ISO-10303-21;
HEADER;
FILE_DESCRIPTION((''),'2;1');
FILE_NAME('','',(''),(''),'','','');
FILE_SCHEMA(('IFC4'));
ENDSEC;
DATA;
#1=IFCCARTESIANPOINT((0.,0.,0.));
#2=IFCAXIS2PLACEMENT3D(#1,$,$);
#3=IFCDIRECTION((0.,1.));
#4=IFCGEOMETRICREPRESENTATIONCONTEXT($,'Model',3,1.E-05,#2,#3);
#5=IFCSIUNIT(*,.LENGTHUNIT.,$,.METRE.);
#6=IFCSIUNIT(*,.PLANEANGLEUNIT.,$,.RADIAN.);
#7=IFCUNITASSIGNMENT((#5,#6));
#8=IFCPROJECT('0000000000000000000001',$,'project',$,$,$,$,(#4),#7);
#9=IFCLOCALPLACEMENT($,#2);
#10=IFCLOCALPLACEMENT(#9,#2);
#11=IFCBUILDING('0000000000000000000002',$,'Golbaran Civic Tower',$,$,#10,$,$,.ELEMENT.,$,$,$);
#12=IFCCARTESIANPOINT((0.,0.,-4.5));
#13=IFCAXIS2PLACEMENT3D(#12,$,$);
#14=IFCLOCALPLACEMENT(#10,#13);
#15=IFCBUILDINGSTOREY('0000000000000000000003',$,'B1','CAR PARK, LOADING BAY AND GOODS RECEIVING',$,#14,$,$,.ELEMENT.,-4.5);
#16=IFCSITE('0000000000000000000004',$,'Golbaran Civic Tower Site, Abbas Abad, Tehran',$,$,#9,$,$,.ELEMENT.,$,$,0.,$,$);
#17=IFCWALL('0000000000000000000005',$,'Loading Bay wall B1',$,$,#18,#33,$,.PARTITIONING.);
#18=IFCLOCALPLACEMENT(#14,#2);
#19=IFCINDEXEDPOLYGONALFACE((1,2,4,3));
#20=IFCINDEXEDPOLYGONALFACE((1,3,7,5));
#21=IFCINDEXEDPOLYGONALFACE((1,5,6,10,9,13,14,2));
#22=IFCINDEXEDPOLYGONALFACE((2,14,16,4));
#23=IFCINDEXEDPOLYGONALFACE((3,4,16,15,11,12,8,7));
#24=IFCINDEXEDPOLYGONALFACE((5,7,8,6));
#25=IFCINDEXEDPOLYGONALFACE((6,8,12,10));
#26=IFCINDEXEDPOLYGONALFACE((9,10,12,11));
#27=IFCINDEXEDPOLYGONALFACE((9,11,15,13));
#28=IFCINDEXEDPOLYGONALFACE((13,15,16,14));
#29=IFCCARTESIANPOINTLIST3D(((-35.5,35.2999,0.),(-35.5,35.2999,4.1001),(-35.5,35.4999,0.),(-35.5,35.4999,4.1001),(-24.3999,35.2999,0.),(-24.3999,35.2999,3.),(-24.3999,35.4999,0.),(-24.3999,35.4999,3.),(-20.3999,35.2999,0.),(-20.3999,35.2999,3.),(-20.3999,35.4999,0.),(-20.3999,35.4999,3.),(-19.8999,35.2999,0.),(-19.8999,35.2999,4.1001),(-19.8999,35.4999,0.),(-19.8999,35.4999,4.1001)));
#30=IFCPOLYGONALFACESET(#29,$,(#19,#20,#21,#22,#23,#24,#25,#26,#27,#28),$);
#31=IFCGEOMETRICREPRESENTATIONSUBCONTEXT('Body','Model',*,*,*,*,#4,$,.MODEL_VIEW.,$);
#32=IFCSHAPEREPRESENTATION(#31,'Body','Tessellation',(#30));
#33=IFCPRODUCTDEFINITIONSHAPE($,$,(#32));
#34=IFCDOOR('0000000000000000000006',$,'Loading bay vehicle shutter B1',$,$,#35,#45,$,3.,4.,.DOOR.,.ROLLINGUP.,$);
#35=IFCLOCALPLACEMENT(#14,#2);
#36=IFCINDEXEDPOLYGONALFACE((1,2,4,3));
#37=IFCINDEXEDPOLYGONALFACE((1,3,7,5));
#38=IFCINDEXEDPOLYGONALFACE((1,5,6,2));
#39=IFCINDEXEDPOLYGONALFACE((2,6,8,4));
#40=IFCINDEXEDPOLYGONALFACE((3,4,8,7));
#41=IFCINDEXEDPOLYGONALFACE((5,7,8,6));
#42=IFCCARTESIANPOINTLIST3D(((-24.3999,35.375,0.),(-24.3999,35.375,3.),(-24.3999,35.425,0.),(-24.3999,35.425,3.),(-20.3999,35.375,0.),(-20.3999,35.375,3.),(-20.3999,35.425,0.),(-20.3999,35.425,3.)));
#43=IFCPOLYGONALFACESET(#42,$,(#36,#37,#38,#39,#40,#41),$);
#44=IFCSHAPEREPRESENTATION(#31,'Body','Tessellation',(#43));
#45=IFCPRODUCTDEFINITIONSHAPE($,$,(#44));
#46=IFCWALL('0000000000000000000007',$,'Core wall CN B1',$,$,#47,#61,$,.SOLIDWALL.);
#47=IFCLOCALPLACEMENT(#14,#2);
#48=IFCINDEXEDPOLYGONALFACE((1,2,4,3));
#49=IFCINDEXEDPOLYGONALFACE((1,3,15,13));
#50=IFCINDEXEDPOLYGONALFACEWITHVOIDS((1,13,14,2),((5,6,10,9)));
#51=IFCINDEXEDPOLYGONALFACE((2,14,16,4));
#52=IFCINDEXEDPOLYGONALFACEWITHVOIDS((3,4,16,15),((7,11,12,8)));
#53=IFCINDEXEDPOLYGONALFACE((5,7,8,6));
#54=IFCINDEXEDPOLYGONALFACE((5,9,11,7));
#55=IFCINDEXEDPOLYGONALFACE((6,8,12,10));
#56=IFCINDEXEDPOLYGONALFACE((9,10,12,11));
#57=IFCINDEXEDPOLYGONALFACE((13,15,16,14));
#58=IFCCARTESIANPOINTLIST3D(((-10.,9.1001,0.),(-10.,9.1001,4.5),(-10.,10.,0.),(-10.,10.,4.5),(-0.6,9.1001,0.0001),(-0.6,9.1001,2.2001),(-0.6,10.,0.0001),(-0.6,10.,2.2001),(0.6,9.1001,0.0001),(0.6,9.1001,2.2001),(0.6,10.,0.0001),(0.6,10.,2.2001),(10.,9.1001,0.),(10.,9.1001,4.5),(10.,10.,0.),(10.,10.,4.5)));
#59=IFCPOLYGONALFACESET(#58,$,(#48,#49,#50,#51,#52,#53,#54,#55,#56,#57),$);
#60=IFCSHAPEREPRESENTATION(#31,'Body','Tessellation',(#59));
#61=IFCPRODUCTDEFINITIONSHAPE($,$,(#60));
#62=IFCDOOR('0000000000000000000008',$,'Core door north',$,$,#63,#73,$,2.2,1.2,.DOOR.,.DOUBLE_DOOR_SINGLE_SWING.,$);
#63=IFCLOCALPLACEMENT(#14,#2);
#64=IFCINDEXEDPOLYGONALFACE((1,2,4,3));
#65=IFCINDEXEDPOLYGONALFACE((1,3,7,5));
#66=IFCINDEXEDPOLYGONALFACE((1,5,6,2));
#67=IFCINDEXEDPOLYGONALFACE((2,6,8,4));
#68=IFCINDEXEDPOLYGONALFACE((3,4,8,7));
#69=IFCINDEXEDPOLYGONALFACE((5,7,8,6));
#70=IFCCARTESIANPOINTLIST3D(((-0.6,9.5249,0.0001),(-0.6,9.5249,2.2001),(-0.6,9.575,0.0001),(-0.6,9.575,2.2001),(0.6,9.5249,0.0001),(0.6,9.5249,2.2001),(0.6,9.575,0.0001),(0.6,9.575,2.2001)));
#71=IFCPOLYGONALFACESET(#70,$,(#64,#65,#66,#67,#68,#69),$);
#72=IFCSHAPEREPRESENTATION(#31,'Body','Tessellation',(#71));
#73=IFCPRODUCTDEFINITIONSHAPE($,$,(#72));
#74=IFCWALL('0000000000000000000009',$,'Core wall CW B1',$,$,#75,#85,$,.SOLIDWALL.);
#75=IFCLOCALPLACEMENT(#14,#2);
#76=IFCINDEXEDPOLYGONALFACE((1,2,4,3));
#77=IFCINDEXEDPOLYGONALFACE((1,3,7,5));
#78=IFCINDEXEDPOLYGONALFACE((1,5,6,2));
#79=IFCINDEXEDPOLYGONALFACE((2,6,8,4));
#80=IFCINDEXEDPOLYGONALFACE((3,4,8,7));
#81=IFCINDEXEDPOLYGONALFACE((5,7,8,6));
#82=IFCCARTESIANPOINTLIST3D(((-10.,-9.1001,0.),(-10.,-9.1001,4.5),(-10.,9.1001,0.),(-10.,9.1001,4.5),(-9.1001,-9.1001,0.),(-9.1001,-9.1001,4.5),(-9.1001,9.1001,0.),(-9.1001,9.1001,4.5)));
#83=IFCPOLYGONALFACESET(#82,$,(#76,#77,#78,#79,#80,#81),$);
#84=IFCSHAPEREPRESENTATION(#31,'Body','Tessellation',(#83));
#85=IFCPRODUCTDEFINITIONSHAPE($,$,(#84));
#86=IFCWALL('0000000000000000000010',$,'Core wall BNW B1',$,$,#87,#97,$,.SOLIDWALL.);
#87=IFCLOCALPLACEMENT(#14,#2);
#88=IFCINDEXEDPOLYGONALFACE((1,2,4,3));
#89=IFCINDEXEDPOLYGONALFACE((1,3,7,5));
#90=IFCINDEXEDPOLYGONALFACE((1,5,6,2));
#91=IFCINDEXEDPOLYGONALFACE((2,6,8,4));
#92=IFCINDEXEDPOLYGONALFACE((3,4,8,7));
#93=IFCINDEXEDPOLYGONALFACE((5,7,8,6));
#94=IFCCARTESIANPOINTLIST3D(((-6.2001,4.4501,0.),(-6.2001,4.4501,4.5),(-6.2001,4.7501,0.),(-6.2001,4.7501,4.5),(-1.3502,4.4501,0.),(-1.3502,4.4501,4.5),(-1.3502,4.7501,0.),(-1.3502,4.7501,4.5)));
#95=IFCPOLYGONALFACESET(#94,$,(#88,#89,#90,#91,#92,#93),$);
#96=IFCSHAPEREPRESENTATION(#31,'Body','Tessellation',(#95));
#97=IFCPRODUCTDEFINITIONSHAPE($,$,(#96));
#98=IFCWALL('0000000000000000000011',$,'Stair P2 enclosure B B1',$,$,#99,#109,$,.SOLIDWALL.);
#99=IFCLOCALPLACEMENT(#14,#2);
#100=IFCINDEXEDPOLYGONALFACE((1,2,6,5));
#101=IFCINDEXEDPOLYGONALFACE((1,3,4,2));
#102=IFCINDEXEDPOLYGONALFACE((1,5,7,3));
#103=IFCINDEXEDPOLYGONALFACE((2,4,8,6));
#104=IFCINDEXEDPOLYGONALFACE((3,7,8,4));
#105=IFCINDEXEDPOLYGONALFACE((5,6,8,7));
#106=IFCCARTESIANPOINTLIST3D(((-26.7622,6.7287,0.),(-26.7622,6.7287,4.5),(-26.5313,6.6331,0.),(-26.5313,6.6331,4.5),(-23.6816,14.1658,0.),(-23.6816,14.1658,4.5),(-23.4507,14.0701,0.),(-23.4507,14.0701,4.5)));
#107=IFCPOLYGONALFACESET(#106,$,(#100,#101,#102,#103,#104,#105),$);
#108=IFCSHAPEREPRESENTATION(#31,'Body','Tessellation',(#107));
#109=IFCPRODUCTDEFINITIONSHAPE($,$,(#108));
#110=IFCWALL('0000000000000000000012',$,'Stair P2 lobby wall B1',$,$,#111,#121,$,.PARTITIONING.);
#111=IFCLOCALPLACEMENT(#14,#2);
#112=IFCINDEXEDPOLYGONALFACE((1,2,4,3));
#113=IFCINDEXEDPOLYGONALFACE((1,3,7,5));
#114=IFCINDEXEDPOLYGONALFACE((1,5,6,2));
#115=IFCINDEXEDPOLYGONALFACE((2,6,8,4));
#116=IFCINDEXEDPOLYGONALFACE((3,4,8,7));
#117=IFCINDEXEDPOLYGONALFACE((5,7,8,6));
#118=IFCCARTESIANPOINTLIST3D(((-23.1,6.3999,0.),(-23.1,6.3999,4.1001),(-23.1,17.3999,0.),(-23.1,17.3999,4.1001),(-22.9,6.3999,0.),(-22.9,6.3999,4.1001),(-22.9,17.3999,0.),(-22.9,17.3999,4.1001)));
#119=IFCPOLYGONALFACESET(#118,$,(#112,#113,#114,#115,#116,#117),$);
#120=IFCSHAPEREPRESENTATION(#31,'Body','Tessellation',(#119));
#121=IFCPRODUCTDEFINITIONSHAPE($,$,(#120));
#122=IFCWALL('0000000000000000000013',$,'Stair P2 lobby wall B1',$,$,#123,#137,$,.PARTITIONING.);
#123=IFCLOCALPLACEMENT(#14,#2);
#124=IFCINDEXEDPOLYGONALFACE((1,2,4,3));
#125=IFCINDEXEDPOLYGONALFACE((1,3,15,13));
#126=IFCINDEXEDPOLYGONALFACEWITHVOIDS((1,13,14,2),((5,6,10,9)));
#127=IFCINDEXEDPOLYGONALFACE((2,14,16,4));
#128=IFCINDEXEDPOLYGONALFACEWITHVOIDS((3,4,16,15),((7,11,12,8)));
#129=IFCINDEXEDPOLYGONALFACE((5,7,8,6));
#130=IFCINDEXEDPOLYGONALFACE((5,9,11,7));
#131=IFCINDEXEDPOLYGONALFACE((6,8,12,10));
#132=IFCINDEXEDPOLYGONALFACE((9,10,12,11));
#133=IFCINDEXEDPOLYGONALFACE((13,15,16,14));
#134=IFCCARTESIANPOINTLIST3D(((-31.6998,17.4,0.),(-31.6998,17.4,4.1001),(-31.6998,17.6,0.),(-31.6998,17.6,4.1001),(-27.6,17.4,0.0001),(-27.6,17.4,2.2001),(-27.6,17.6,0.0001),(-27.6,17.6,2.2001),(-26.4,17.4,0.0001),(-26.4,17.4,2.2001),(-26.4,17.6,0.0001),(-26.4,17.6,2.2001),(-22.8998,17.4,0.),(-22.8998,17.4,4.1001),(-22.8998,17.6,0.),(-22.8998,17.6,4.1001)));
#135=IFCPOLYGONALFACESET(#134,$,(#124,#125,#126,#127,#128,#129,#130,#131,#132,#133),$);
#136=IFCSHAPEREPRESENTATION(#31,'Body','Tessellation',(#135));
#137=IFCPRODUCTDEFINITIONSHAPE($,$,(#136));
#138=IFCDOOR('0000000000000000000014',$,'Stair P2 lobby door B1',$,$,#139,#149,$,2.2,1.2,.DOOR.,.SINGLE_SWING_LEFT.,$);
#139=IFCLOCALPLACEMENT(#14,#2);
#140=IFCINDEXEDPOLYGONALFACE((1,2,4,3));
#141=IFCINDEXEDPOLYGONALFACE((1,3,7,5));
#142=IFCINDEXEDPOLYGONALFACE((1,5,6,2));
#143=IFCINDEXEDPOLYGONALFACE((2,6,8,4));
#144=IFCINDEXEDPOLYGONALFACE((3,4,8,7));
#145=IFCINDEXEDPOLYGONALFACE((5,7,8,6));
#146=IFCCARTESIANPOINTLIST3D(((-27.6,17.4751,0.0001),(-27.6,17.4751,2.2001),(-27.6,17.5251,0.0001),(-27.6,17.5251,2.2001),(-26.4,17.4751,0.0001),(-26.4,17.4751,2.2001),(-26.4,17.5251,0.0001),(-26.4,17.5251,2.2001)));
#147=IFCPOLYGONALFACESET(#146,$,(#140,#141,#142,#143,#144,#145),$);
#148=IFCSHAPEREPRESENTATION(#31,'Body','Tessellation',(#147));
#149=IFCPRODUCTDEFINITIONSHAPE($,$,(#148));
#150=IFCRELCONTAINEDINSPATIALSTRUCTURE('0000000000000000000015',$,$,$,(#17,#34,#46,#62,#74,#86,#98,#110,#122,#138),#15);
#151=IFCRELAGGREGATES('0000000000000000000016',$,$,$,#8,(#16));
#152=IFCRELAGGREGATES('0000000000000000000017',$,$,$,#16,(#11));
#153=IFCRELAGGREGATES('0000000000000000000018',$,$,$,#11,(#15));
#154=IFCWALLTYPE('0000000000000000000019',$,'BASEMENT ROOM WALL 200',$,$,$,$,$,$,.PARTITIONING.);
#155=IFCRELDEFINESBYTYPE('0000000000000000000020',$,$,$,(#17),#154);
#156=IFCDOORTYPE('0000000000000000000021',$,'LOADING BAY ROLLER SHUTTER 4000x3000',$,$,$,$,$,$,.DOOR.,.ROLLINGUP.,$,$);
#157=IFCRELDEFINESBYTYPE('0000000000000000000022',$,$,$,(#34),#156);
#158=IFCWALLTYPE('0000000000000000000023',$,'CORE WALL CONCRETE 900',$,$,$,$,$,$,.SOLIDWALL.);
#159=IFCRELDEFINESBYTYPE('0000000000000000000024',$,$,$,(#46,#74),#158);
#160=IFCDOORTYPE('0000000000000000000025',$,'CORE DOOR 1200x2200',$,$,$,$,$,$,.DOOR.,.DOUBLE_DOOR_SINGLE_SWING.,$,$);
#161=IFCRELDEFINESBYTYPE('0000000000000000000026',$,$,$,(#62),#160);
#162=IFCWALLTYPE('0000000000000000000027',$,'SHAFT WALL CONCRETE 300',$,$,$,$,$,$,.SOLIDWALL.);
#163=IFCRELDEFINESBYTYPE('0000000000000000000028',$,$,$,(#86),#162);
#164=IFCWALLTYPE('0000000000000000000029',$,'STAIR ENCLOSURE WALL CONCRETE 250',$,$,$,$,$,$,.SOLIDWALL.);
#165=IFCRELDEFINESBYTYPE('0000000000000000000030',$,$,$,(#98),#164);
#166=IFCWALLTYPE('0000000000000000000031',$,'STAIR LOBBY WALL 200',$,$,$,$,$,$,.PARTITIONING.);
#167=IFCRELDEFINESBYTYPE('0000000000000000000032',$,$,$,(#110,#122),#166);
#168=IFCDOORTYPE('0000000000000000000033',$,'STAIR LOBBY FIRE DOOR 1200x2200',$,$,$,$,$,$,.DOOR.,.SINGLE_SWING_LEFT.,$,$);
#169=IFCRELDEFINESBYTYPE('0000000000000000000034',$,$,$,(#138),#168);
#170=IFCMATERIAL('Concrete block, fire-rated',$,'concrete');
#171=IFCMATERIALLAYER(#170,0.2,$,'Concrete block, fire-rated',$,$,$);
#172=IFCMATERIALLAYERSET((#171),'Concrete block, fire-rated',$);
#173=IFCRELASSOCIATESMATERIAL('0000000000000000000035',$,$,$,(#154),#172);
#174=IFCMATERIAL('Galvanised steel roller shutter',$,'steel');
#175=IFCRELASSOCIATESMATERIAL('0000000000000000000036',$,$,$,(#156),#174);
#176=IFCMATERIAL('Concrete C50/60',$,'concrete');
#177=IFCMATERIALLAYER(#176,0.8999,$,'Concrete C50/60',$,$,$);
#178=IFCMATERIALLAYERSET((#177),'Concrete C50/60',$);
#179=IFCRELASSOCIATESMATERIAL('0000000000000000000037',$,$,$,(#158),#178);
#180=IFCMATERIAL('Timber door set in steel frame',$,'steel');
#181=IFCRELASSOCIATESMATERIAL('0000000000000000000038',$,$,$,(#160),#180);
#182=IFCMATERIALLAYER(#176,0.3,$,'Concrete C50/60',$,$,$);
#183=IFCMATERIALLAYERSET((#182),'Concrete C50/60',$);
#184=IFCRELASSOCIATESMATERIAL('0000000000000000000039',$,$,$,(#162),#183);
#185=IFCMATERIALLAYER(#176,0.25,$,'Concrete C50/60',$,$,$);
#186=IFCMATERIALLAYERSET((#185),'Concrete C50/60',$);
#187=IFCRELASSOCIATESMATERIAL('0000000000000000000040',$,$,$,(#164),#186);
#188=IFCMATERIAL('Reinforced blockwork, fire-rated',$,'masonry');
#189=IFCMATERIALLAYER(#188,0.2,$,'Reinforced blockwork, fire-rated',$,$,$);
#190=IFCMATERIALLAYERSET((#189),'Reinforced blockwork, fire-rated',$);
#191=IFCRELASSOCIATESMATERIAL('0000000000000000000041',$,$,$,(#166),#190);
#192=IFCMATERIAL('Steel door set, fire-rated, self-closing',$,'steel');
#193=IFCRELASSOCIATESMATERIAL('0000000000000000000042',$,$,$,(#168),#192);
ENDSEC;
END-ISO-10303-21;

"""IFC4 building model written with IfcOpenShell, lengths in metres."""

from ifc_helpers import new_model, si_unit, direction, frame, frame_2d, origin, place, context, subcontext, project, spatial, rectangle, extrude, material, layer, layer_set, type_object, element, fill, save


model = new_model("IFC4")

# Units and contexts
model_context = context("Model", 3, precision=1e-05, world=origin(), true_north=direction((0.0, 1.0)))
body_context = subcontext(model_context, "Body", "Model", "MODEL_VIEW")
ifc_project = project(units=[si_unit("LENGTHUNIT", "METRE"), si_unit("PLANEANGLEUNIT", "RADIAN")], contexts=[model_context])

# Site, building, storey
site_placement = place(None, origin())
site = spatial("IfcSite", under=ifc_project, at=site_placement, Name="Golbaran Civic Tower Site, Abbas Abad, Tehran", CompositionType="ELEMENT", RefElevation=0.0)
building_placement = place(site_placement, origin())
building = spatial("IfcBuilding", under=site, at=building_placement, Name="Golbaran Civic Tower", CompositionType="ELEMENT")
storey_placement = place(building_placement, frame((0.0, 0.0, -4.5)))
storey = spatial("IfcBuildingStorey", under=building, at=storey_placement, Name="B1", Description="CAR PARK, LOADING BAY AND GOODS RECEIVING", CompositionType="ELEMENT", Elevation=-4.5)

# Shared definitions
ifc_material_1 = material(Name="Concrete C50/60", Category="concrete")

# Shared definitions
ifc_material_2 = material(Name="Concrete block, fire-rated", Category="concrete")

# Walls, openings, doors
ifc_layer_1 = layer(ifc_material_2, 0.2, Name="Concrete block, fire-rated")
ifc_layer_set_1 = layer_set([ifc_layer_1], Name="Concrete block, fire-rated")
wall_type_1 = type_object("IfcWallType", Name="BASEMENT ROOM WALL 200", PredefinedType="PARTITIONING", material=ifc_layer_set_1)
wall_1_placement = place(storey_placement, frame((-19.8999, 35.3999, 0.0), z_axis=(0.0, 0.0, 1.0), x_axis=(-1.0, 0.0, 0.0)))
wall_1 = element("IfcWall", 1, at=wall_1_placement, inside=storey, type_object=wall_type_1, Name="Loading Bay wall B1", PredefinedType="PARTITIONING", context=body_context, shape_type="SweptSolid", body=[
    extrude(rectangle(XDim=15.6001, YDim=0.2, at=frame_2d((7.8, 0.0))), origin(), (0.0, 0.0, 1.0), 4.1001),
])
opening_1_placement = place(wall_1_placement, frame((0.5, 0.0, 0.0)))
opening_1 = element("IfcOpeningElement", 2, at=opening_1_placement, cuts=wall_1, PredefinedType="OPENING", context=body_context, shape_type="SweptSolid", body=[
    extrude(rectangle(XDim=4.0, YDim=3.0, at=frame_2d((2.0, 1.5))), frame((0.0, 0.1099, 0.0), z_axis=(0.0, -1.0, 0.0), x_axis=(1.0, 0.0, 0.0)), (0.0, 0.0, 1.0), 0.22),
])
ifc_material_3 = material(Name="Galvanised steel roller shutter", Category="steel")
door_type_1 = type_object("IfcDoorType", Name="LOADING BAY ROLLER SHUTTER 4000x3000", OperationType="ROLLINGUP", PredefinedType="DOOR", material=ifc_material_3)
door_1_placement = place(opening_1_placement, origin())
door_1 = element("IfcDoor", 3, at=door_1_placement, inside=storey, type_object=door_type_1, Name="Loading bay vehicle shutter B1", OperationType="ROLLINGUP", OverallHeight=3.0, OverallWidth=4.0, PredefinedType="DOOR", context=body_context, shape_type="SweptSolid", body=[
    extrude(rectangle(XDim=4.0, YDim=3.0, at=frame_2d((2.0, 1.5))), frame((0.0, 0.0249, 0.0), z_axis=(0.0, -1.0, 0.0), x_axis=(1.0, 0.0, 0.0)), (0.0, 0.0, 1.0), 0.05),
])
fill(opening_1, door_1)
ifc_layer_2 = layer(ifc_material_1, 0.8999, Name="Concrete C50/60")
ifc_layer_set_2 = layer_set([ifc_layer_2], Name="Concrete C50/60")
wall_type_2 = type_object("IfcWallType", Name="CORE WALL CONCRETE 900", PredefinedType="SOLIDWALL", material=ifc_layer_set_2)
wall_2_placement = place(storey_placement, frame((-10.0, 9.55, 0.0), z_axis=(0.0, 0.0, 1.0), x_axis=(1.0, 0.0, 0.0)))
wall_2 = element("IfcWall", 4, at=wall_2_placement, inside=storey, type_object=wall_type_2, Name="Core wall CN B1", PredefinedType="SOLIDWALL", context=body_context, shape_type="SweptSolid", body=[
    extrude(rectangle(XDim=20.0, YDim=0.8999, at=frame_2d((10.0, 0.0))), origin(), (0.0, 0.0, 1.0), 4.5),
])
opening_2_placement = place(wall_2_placement, frame((9.3999, 0.0, 0.0)))
opening_2 = element("IfcOpeningElement", 5, at=opening_2_placement, cuts=wall_2, PredefinedType="OPENING", context=body_context, shape_type="SweptSolid", body=[
    extrude(rectangle(XDim=1.2, YDim=2.2, at=frame_2d((0.6001, 1.1001))), frame((0.0, 0.46, 0.0), z_axis=(0.0, -1.0, 0.0), x_axis=(1.0, 0.0, 0.0)), (0.0, 0.0, 1.0), 0.9199),
])
ifc_material_4 = material(Name="Timber door set in steel frame", Category="steel")
door_type_2 = type_object("IfcDoorType", Name="CORE DOOR 1200x2200", OperationType="DOUBLE_DOOR_SINGLE_SWING", PredefinedType="DOOR", material=ifc_material_4)
door_2_placement = place(opening_2_placement, origin())
door_2 = element("IfcDoor", 6, at=door_2_placement, inside=storey, type_object=door_type_2, Name="Core door north", OperationType="DOUBLE_DOOR_SINGLE_SWING", OverallHeight=2.2, OverallWidth=1.2, PredefinedType="DOOR", context=body_context, shape_type="SweptSolid", body=[
    extrude(rectangle(XDim=1.2, YDim=2.2, at=frame_2d((0.6001, 1.1001))), frame((0.0, 0.0249, 0.0), z_axis=(0.0, -1.0, 0.0), x_axis=(1.0, 0.0, 0.0)), (0.0, 0.0, 1.0), 0.05),
])
fill(opening_2, door_2)

# Walls
wall_3_placement = place(storey_placement, frame((-9.55, 9.1001, 0.0), z_axis=(0.0, 0.0, 1.0), x_axis=(0.0, -1.0, 0.0)))
element("IfcWall", 7, at=wall_3_placement, inside=storey, type_object=wall_type_2, Name="Core wall CW B1", PredefinedType="SOLIDWALL", context=body_context, shape_type="SweptSolid", body=[
    extrude(rectangle(XDim=18.2002, YDim=0.8999, at=frame_2d((9.1001, 0.0))), origin(), (0.0, 0.0, 1.0), 4.5),
])
ifc_layer_3 = layer(ifc_material_1, 0.3, Name="Concrete C50/60")
ifc_layer_set_3 = layer_set([ifc_layer_3], Name="Concrete C50/60")
wall_type_3 = type_object("IfcWallType", Name="SHAFT WALL CONCRETE 300", PredefinedType="SOLIDWALL", material=ifc_layer_set_3)
wall_4_placement = place(storey_placement, frame((-6.2, 4.6001, 0.0), z_axis=(0.0, 0.0, 1.0), x_axis=(1.0, 0.0, 0.0)))
element("IfcWall", 8, at=wall_4_placement, inside=storey, type_object=wall_type_3, Name="Core wall BNW B1", PredefinedType="SOLIDWALL", context=body_context, shape_type="SweptSolid", body=[
    extrude(rectangle(XDim=4.8499, YDim=0.3, at=frame_2d((2.4248, 0.0))), origin(), (0.0, 0.0, 1.0), 4.5),
])
ifc_layer_4 = layer(ifc_material_1, 0.25, Name="Concrete C50/60")
ifc_layer_set_4 = layer_set([ifc_layer_4], Name="Concrete C50/60")
wall_type_4 = type_object("IfcWallType", Name="STAIR ENCLOSURE WALL CONCRETE 250", PredefinedType="SOLIDWALL", material=ifc_layer_set_4)
wall_5_placement = place(storey_placement, frame((-23.5662, 14.1179, 0.0), z_axis=(0.0, 0.0, 1.0), x_axis=(-0.382689, -0.923877, 0.0)))
element("IfcWall", 9, at=wall_5_placement, inside=storey, type_object=wall_type_4, Name="Stair P2 enclosure B B1", PredefinedType="SOLIDWALL", context=body_context, shape_type="SweptSolid", body=[
    extrude(rectangle(XDim=8.0498, YDim=0.25, at=frame_2d((4.0249, 0.0))), origin(), (0.0, 0.0, 1.0), 4.5),
])
ifc_material_5 = material(Name="Reinforced blockwork, fire-rated", Category="masonry")
ifc_layer_5 = layer(ifc_material_5, 0.2, Name="Reinforced blockwork, fire-rated")
ifc_layer_set_5 = layer_set([ifc_layer_5], Name="Reinforced blockwork, fire-rated")
wall_type_5 = type_object("IfcWallType", Name="STAIR LOBBY WALL 200", PredefinedType="PARTITIONING", material=ifc_layer_set_5)
wall_6_placement = place(storey_placement, frame((-23.0, 6.3999, 0.0), z_axis=(0.0, 0.0, 1.0), x_axis=(0.0, 1.0, 0.0)))
element("IfcWall", 10, at=wall_6_placement, inside=storey, type_object=wall_type_5, Name="Stair P2 lobby wall B1", PredefinedType="PARTITIONING", context=body_context, shape_type="SweptSolid", body=[
    extrude(rectangle(XDim=11.0, YDim=0.2, at=frame_2d((5.5, 0.0))), origin(), (0.0, 0.0, 1.0), 4.1001),
])

# Wall, opening, door
wall_7_placement = place(storey_placement, frame((-22.8999, 17.5, 0.0), z_axis=(0.0, 0.0, 1.0), x_axis=(-1.0, 0.0, 0.0)))
wall_7 = element("IfcWall", 11, at=wall_7_placement, inside=storey, type_object=wall_type_5, Name="Stair P2 lobby wall B1", PredefinedType="PARTITIONING", context=body_context, shape_type="SweptSolid", body=[
    extrude(rectangle(XDim=8.8, YDim=0.2, at=frame_2d((4.3999, 0.0))), origin(), (0.0, 0.0, 1.0), 4.1001),
])
opening_3_placement = place(wall_7_placement, frame((3.5, 0.0, 0.0)))
opening_3 = element("IfcOpeningElement", 12, at=opening_3_placement, cuts=wall_7, PredefinedType="OPENING", context=body_context, shape_type="SweptSolid", body=[
    extrude(rectangle(XDim=1.2, YDim=2.2, at=frame_2d((0.6001, 1.1001))), frame((0.0, 0.1099, 0.0), z_axis=(0.0, -1.0, 0.0), x_axis=(1.0, 0.0, 0.0)), (0.0, 0.0, 1.0), 0.22),
])
ifc_material_6 = material(Name="Steel door set, fire-rated, self-closing", Category="steel")
door_type_3 = type_object("IfcDoorType", Name="STAIR LOBBY FIRE DOOR 1200x2200", OperationType="SINGLE_SWING_LEFT", PredefinedType="DOOR", material=ifc_material_6)
door_3_placement = place(opening_3_placement, origin())
door_3 = element("IfcDoor", 13, at=door_3_placement, inside=storey, type_object=door_type_3, Name="Stair P2 lobby door B1", OperationType="SINGLE_SWING_LEFT", OverallHeight=2.2, OverallWidth=1.2, PredefinedType="DOOR", context=body_context, shape_type="SweptSolid", body=[
    extrude(rectangle(XDim=1.2, YDim=2.2, at=frame_2d((0.6001, 1.1001))), frame((0.0, 0.0249, 0.0), z_axis=(0.0, -1.0, 0.0), x_axis=(1.0, 0.0, 0.0)), (0.0, 0.0, 1.0), 0.05),
])
fill(opening_3, door_3)

save(model, "model.ifc")
